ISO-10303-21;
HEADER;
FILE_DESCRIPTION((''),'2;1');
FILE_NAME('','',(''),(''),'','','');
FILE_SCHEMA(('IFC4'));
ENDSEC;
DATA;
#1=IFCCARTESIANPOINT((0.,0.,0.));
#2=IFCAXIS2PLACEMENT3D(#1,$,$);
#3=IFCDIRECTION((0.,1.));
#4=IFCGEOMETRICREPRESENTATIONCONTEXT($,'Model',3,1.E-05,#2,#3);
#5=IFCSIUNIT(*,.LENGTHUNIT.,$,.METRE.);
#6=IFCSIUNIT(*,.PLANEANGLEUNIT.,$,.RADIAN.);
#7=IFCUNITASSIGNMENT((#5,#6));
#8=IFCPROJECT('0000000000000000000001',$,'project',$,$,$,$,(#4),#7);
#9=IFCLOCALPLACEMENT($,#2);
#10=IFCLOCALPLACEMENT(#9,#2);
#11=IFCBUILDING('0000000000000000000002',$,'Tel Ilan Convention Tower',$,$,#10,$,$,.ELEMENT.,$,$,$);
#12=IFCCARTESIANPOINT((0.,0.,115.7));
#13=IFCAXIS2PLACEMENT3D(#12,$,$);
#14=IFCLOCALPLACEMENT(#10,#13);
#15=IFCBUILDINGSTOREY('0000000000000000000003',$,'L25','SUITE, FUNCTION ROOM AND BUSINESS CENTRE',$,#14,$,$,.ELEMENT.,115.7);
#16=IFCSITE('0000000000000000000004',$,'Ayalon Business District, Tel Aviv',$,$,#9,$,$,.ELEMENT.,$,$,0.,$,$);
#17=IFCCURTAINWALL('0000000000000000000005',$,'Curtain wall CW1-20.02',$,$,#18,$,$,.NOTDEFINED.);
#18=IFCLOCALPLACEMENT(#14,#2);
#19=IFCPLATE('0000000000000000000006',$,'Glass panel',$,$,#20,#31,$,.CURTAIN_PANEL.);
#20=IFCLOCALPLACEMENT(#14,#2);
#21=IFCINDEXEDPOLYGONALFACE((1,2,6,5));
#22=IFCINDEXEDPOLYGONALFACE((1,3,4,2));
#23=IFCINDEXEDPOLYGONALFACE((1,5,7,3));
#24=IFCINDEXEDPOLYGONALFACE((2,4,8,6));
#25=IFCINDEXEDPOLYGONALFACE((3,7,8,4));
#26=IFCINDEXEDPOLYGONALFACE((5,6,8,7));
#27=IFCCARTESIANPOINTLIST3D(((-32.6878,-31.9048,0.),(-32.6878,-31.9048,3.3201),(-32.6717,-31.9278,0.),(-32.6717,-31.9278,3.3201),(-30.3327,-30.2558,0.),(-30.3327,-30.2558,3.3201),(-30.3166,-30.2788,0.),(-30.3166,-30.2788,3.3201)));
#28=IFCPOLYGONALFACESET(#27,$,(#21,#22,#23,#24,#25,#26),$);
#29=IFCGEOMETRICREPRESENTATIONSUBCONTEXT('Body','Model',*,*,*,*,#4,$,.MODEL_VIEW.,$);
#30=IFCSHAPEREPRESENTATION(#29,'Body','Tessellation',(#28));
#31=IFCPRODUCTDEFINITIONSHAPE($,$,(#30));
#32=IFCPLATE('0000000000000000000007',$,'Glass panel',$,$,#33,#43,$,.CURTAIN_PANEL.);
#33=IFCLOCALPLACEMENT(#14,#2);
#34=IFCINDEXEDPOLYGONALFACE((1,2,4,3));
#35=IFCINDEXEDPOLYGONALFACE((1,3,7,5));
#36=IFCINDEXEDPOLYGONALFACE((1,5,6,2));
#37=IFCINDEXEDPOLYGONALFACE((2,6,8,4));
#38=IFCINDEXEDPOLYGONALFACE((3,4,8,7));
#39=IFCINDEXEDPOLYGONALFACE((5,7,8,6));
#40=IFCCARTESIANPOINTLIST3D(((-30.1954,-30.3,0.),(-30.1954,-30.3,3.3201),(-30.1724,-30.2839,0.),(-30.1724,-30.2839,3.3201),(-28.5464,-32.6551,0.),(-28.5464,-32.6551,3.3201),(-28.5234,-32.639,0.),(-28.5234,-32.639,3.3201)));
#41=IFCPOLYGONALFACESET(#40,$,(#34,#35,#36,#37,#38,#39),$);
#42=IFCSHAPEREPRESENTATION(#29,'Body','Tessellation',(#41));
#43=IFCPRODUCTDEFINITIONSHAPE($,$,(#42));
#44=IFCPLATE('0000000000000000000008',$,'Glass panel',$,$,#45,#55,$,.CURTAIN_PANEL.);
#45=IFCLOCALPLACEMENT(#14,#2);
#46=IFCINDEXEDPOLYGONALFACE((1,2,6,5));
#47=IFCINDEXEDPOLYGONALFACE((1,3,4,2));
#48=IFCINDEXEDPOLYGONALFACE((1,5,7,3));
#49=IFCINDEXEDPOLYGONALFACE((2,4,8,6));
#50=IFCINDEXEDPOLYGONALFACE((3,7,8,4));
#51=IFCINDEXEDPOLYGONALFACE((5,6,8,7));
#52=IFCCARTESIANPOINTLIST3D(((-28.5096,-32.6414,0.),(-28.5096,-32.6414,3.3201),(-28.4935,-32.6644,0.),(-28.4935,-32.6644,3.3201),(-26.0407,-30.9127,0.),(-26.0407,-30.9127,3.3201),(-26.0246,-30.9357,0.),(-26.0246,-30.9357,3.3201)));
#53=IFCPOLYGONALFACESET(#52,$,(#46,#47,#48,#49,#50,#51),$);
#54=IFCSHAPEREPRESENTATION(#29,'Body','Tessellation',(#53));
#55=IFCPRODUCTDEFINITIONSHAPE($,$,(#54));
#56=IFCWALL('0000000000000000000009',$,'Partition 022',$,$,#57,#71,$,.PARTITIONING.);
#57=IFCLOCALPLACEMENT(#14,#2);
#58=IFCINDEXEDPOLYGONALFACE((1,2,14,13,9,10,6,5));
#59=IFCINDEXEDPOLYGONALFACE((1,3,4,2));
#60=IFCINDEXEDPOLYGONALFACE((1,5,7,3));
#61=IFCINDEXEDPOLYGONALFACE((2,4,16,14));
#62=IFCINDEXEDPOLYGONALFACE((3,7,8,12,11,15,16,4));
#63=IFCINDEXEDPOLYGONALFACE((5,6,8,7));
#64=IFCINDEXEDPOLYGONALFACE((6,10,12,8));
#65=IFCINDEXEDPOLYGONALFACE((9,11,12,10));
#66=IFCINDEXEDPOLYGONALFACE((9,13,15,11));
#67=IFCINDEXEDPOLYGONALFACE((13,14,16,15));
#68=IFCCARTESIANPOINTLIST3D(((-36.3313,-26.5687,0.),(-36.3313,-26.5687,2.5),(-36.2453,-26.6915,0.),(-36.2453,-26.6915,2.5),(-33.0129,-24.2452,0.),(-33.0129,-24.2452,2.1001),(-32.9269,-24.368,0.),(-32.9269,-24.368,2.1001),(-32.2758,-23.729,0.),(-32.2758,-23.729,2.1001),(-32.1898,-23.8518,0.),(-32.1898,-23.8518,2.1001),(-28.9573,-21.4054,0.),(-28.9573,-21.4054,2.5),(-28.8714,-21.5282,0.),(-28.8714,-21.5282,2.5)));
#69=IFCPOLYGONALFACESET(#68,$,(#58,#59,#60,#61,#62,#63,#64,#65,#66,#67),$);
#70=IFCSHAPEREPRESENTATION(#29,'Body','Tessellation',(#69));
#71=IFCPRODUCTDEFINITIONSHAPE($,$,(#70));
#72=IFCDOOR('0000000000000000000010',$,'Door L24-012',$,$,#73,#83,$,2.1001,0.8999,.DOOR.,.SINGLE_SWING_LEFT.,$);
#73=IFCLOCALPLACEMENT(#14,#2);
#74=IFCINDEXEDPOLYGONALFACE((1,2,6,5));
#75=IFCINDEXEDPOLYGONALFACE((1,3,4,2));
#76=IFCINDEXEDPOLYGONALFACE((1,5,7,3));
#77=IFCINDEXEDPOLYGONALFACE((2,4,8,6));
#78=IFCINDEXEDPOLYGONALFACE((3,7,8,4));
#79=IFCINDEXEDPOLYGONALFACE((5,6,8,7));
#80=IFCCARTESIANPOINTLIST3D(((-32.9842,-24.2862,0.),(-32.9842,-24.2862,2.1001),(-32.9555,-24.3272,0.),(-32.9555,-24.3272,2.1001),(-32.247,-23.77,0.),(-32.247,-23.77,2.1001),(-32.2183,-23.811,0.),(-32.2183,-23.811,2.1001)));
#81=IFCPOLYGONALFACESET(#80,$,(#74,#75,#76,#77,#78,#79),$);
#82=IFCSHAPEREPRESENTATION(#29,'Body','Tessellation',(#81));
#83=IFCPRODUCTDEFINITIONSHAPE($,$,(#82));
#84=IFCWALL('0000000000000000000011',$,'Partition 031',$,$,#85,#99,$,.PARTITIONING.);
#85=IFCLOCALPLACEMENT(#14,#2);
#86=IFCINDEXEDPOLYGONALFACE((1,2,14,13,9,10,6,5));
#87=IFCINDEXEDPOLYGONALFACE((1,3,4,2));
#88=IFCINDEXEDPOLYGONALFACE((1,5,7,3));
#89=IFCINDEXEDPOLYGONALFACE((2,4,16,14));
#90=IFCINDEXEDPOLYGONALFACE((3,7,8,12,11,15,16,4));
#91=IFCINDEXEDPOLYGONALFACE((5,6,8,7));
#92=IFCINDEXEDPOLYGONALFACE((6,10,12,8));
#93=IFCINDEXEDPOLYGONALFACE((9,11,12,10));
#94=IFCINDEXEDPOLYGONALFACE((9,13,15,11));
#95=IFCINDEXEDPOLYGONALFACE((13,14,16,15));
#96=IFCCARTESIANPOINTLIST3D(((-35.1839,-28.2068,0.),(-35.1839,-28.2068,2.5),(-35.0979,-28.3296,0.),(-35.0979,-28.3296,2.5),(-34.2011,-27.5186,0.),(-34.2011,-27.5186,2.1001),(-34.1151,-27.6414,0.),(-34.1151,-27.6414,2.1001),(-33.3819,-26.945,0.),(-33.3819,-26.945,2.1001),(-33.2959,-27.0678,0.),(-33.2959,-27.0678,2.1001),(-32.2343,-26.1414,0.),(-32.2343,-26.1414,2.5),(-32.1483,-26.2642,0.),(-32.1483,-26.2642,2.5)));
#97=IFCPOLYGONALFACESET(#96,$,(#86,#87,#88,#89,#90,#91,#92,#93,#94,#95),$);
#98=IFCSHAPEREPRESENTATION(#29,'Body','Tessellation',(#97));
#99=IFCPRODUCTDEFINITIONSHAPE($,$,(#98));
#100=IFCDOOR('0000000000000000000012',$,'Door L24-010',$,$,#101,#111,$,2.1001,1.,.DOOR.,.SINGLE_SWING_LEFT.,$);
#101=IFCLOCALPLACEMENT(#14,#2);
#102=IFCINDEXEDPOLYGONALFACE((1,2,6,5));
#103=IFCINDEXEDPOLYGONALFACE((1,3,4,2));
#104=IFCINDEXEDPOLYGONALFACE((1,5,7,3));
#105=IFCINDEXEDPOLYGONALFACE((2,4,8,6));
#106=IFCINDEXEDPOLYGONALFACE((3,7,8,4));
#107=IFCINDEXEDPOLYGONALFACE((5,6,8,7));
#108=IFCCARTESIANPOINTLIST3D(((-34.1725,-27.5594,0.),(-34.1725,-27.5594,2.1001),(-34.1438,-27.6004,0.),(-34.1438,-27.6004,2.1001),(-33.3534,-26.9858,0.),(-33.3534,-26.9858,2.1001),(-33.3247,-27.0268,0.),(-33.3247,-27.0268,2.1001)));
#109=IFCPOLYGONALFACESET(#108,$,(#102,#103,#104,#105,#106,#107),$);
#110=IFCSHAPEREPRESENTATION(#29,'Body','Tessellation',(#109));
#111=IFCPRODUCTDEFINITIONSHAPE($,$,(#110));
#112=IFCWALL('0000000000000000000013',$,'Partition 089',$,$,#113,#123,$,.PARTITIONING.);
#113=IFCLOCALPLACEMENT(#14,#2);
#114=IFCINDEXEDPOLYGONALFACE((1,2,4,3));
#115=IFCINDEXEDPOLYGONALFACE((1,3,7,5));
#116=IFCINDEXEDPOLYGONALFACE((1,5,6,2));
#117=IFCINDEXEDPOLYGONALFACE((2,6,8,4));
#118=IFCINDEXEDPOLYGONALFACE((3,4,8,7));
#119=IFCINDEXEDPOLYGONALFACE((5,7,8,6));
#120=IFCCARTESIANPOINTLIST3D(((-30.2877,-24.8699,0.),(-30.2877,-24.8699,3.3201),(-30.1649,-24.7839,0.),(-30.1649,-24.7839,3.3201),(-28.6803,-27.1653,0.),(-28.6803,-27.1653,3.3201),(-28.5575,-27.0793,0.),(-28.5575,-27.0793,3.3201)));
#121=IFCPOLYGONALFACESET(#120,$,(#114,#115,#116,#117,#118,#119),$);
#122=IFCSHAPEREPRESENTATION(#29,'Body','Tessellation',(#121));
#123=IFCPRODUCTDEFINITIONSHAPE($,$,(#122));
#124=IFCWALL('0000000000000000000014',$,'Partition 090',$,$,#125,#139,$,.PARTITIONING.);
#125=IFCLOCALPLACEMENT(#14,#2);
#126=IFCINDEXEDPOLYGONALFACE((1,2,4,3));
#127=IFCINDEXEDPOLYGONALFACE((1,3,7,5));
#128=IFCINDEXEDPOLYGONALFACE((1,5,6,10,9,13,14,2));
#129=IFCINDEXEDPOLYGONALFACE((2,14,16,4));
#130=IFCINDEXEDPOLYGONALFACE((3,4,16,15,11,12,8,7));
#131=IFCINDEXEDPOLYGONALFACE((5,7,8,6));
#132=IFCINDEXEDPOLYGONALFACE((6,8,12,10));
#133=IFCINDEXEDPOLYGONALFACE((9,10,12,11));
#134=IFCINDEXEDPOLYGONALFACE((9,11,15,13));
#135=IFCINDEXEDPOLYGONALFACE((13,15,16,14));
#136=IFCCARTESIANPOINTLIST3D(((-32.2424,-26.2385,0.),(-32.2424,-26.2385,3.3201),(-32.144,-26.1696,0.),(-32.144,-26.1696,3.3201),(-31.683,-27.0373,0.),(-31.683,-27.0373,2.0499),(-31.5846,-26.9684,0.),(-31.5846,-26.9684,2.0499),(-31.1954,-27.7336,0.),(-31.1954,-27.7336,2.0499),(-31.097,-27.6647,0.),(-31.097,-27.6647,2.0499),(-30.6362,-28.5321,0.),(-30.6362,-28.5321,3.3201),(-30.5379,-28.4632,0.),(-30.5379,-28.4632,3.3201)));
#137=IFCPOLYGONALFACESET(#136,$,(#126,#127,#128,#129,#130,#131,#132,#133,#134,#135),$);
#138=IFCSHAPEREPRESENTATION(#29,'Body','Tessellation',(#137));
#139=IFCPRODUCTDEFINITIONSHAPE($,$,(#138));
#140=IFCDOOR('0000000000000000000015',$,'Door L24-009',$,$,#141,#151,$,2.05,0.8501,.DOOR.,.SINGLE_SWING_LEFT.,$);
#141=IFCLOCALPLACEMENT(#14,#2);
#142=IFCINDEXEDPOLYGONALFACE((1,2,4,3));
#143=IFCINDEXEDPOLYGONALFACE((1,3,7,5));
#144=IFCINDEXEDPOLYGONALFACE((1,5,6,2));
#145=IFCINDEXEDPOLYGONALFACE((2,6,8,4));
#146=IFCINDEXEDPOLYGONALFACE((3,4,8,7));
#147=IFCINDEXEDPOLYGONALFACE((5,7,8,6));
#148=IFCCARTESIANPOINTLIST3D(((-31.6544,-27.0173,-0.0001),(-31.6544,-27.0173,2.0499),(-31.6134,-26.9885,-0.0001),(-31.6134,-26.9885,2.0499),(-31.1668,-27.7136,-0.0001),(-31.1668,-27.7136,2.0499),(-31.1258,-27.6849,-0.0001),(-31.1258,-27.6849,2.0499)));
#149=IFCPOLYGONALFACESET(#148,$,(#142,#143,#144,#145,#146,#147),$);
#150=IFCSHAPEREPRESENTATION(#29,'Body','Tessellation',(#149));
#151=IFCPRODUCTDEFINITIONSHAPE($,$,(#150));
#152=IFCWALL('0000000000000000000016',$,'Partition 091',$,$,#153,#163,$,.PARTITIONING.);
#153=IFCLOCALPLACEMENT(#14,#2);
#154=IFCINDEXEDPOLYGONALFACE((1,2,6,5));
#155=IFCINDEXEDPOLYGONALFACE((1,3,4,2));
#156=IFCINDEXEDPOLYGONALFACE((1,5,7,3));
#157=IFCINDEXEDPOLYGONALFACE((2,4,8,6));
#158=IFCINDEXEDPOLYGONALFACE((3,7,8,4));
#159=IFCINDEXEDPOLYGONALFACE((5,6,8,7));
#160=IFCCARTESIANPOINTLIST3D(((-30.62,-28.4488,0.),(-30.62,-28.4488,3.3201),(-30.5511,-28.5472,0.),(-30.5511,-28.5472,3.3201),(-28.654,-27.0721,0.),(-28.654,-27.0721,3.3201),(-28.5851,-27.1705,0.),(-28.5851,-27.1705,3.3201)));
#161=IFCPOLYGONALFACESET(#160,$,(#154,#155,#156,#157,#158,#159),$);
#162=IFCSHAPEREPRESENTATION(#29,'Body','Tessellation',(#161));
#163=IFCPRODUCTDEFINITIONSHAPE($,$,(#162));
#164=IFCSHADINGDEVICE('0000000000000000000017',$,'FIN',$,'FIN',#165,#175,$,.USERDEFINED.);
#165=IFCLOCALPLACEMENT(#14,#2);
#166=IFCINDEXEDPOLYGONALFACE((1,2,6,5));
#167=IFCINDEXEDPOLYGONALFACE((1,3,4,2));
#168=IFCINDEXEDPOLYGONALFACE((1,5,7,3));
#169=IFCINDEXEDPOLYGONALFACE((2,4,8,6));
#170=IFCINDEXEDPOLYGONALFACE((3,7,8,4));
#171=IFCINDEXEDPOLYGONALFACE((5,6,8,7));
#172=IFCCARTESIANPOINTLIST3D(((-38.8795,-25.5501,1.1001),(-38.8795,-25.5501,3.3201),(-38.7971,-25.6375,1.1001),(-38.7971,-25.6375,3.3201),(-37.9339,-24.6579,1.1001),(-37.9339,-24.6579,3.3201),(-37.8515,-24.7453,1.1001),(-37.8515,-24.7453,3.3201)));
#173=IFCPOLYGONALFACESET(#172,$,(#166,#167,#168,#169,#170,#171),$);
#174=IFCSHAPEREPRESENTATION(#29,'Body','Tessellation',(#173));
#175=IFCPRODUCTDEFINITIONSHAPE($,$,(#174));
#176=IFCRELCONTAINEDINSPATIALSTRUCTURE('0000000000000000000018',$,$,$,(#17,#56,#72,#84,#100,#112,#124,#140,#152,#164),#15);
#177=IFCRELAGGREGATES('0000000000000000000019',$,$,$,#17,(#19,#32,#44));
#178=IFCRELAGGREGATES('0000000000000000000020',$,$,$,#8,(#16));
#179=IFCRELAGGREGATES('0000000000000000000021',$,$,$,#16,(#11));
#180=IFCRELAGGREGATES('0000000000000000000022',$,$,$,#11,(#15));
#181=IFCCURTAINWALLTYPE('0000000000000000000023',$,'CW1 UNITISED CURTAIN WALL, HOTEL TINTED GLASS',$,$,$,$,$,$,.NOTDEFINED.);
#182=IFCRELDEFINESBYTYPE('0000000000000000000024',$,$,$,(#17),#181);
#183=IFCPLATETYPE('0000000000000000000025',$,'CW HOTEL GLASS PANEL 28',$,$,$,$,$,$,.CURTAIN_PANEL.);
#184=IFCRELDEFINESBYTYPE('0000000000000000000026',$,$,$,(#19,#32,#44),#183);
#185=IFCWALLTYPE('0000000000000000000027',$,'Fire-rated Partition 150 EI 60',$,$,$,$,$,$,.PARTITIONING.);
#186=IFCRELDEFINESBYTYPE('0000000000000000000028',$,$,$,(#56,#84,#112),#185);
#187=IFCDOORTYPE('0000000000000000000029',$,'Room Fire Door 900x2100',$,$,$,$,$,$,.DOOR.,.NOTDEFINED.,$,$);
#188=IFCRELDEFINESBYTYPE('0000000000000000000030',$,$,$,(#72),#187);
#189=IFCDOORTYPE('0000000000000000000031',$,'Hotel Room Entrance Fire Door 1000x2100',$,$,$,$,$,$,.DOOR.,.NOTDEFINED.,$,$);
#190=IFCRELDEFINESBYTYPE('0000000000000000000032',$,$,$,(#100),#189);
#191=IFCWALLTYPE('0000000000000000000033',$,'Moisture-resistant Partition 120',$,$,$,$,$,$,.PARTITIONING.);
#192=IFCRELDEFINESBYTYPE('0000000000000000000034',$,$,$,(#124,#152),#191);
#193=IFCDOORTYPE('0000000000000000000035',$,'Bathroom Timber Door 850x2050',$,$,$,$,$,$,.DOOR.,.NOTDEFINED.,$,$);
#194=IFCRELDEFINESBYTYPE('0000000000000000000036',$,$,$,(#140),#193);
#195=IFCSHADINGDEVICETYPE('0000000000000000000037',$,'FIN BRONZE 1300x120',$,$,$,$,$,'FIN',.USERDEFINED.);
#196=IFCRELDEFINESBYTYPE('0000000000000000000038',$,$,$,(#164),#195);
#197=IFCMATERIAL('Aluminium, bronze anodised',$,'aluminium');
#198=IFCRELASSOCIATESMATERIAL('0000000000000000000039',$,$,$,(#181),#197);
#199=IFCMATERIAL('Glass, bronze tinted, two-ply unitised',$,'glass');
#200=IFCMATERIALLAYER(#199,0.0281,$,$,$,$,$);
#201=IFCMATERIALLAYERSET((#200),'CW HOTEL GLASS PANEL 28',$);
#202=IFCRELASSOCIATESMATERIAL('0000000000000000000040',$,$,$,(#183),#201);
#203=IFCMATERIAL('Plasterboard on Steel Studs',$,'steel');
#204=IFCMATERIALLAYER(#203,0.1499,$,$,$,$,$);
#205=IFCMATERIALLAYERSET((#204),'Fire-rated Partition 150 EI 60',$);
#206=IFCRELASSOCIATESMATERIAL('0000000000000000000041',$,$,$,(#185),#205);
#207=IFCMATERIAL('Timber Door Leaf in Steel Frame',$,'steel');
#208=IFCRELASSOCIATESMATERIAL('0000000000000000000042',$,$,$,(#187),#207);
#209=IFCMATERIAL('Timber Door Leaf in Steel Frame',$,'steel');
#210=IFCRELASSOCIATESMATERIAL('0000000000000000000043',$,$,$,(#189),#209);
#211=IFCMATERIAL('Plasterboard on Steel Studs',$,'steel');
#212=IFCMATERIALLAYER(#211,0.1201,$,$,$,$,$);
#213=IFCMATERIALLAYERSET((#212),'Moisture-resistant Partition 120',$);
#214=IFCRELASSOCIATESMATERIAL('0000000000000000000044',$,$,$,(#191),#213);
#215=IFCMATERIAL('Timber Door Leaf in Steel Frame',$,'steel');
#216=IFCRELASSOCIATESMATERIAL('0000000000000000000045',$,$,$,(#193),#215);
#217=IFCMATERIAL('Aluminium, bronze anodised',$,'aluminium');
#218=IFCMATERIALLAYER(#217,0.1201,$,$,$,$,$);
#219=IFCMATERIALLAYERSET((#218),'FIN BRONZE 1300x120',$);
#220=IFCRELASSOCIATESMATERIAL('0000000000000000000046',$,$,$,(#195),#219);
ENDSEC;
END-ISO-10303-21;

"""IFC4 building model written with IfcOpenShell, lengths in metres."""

from ifc_helpers import new_model, si_unit, direction, frame, frame_2d, origin, origin_2d, place, context, subcontext, project, spatial, rectangle, extrude, material, layer, layer_set, type_object, element, fill, aggregate, save


model = new_model("IFC4")

# Units and contexts
model_context = context("Model", 3, precision=1e-05, world=origin(), true_north=direction((0.0, 1.0)))
body_context = subcontext(model_context, "Body", "Model", "MODEL_VIEW")
ifc_project = project(units=[si_unit("LENGTHUNIT", "METRE"), si_unit("PLANEANGLEUNIT", "RADIAN")], contexts=[model_context])

# Site, building, storey
site_placement = place(None, origin())
site = spatial("IfcSite", under=ifc_project, at=site_placement, Name="Ayalon Business District, Tel Aviv", CompositionType="ELEMENT", RefElevation=0.0)
building_placement = place(site_placement, origin())
building = spatial("IfcBuilding", under=site, at=building_placement, Name="Tel Ilan Convention Tower", CompositionType="ELEMENT")
storey_placement = place(building_placement, frame((0.0, 0.0, 115.7)))
storey = spatial("IfcBuildingStorey", under=building, at=storey_placement, Name="L25", Description="SUITE, FUNCTION ROOM AND BUSINESS CENTRE", CompositionType="ELEMENT", Elevation=115.7)

# Curtain wall, plates
ifc_material_1 = material(Name="Aluminium, bronze anodised", Category="aluminium")
curtain_wall_type = type_object("IfcCurtainWallType", Name="CW1 UNITISED CURTAIN WALL, HOTEL TINTED GLASS", PredefinedType="NOTDEFINED", material=ifc_material_1)
curtain_wall_placement = place(storey_placement, origin())
curtain_wall = element("IfcCurtainWall", 1, at=curtain_wall_placement, inside=storey, type_object=curtain_wall_type, Name="Curtain wall CW1-20.02", PredefinedType="NOTDEFINED")
ifc_material_2 = material(Name="Glass, bronze tinted, two-ply unitised", Category="glass")
ifc_layer_1 = layer(ifc_material_2, 0.0281)
ifc_layer_set_1 = layer_set([ifc_layer_1], Name="CW HOTEL GLASS PANEL 28")
plate_type = type_object("IfcPlateType", Name="CW HOTEL GLASS PANEL 28", PredefinedType="CURTAIN_PANEL", material=ifc_layer_set_1)
plate_1_placement = place(storey_placement, frame((-31.5022, -31.0918, 0.0), z_axis=(0.0, 0.0, 1.0), x_axis=(0.819152, 0.573576, 0.0)))
plate_1 = element("IfcPlate", 2, at=plate_1_placement, type_object=plate_type, Name="Glass panel", PredefinedType="CURTAIN_PANEL", context=body_context, shape_type="SweptSolid", body=[
    extrude(rectangle(XDim=2.875, YDim=0.0281, at=origin_2d()), origin(), (0.0, 0.0, 1.0), 3.3201),
])
plate_2_placement = place(storey_placement, frame((-29.3594, -31.4695, 0.0), z_axis=(0.0, 0.0, 1.0), x_axis=(0.573576, -0.819152, 0.0)))
plate_2 = element("IfcPlate", 3, at=plate_2_placement, type_object=plate_type, Name="Glass panel", PredefinedType="CURTAIN_PANEL", context=body_context, shape_type="SweptSolid", body=[
    extrude(rectangle(XDim=2.875, YDim=0.0281, at=origin_2d()), origin(), (0.0, 0.0, 1.0), 3.3201),
])
plate_3_placement = place(storey_placement, frame((-27.2671, -31.7886, 0.0), z_axis=(0.0, 0.0, 1.0), x_axis=(0.819152, 0.573576, 0.0)))
plate_3 = element("IfcPlate", 4, at=plate_3_placement, type_object=plate_type, Name="Glass panel", PredefinedType="CURTAIN_PANEL", context=body_context, shape_type="SweptSolid", body=[
    extrude(rectangle(XDim=3.0139, YDim=0.0281, at=origin_2d()), origin(), (0.0, 0.0, 1.0), 3.3201),
])
aggregate(curtain_wall, [plate_1, plate_2, plate_3])

# Walls, openings, doors
ifc_material_3 = material(Name="Plasterboard on Steel Studs", Category="steel")
ifc_layer_2 = layer(ifc_material_3, 0.1499)
ifc_layer_set_2 = layer_set([ifc_layer_2], Name="Fire-rated Partition 150 EI 60")
wall_type_1 = type_object("IfcWallType", Name="Fire-rated Partition 150 EI 60", PredefinedType="PARTITIONING", material=ifc_layer_set_2)
wall_1_placement = place(storey_placement, frame((-36.2883, -26.6301, 0.0), z_axis=(0.0, 0.0, 1.0), x_axis=(0.819153, 0.573575, 0.0)))
wall_1 = element("IfcWall", 5, at=wall_1_placement, inside=storey, type_object=wall_type_1, Name="Partition 022", PredefinedType="PARTITIONING", context=body_context, shape_type="SweptSolid", body=[
    extrude(rectangle(XDim=9.002, YDim=0.1499, at=frame_2d((4.501, 0.0))), origin(), (0.0, 0.0, 1.0), 2.5),
])
opening_1_placement = place(wall_1_placement, frame((4.051, 0.0, 0.0)))
opening_1 = element("IfcOpeningElement", 6, at=opening_1_placement, cuts=wall_1, PredefinedType="OPENING", context=body_context, shape_type="SweptSolid", body=[
    extrude(rectangle(XDim=0.8999, YDim=2.1001, at=frame_2d((0.45, 1.05))), frame((0.0, 0.085, 0.0), z_axis=(0.0, -1.0, 0.0), x_axis=(1.0, 0.0, 0.0)), (0.0, 0.0, 1.0), 0.1699),
])
ifc_material_4 = material(Name="Timber Door Leaf in Steel Frame", Category="steel")
door_type_1 = type_object("IfcDoorType", Name="Room Fire Door 900x2100", OperationType="NOTDEFINED", PredefinedType="DOOR", material=ifc_material_4)
door_1_placement = place(opening_1_placement, origin())
door_1 = element("IfcDoor", 7, at=door_1_placement, inside=storey, type_object=door_type_1, Name="Door L24-012", OperationType="SINGLE_SWING_LEFT", OverallHeight=2.1001, OverallWidth=0.8999, PredefinedType="DOOR", context=body_context, shape_type="SweptSolid", body=[
    extrude(rectangle(XDim=0.8999, YDim=2.1001, at=frame_2d((0.45, 1.05))), frame((0.0, 0.0249, 0.0), z_axis=(0.0, -1.0, 0.0), x_axis=(1.0, 0.0, 0.0)), (0.0, 0.0, 1.0), 0.05),
])
fill(opening_1, door_1)
wall_2_placement = place(storey_placement, frame((-32.1914, -26.2029, 0.0), z_axis=(0.0, 0.0, 1.0), x_axis=(-0.819149, -0.573581, 0.0)))
wall_2 = element("IfcWall", 8, at=wall_2_placement, inside=storey, type_object=wall_type_1, Name="Partition 031", PredefinedType="PARTITIONING", context=body_context, shape_type="SweptSolid", body=[
    extrude(rectangle(XDim=3.6008, YDim=0.1499, at=frame_2d((1.8003, 0.0))), origin(), (0.0, 0.0, 1.0), 2.5),
])
opening_2_placement = place(wall_2_placement, frame((1.4009, 0.0, 0.0)))
opening_2 = element("IfcOpeningElement", 9, at=opening_2_placement, cuts=wall_2, PredefinedType="OPENING", context=body_context, shape_type="SweptSolid", body=[
    extrude(rectangle(XDim=1.0, YDim=2.1001, at=frame_2d((0.5, 1.05))), frame((0.0, 0.085, 0.0), z_axis=(0.0, -1.0, 0.0), x_axis=(1.0, 0.0, 0.0)), (0.0, 0.0, 1.0), 0.1699),
])
ifc_material_5 = material(Name="Timber Door Leaf in Steel Frame", Category="steel")
door_type_2 = type_object("IfcDoorType", Name="Hotel Room Entrance Fire Door 1000x2100", OperationType="NOTDEFINED", PredefinedType="DOOR", material=ifc_material_5)
door_2_placement = place(opening_2_placement, origin())
door_2 = element("IfcDoor", 10, at=door_2_placement, inside=storey, type_object=door_type_2, Name="Door L24-010", OperationType="SINGLE_SWING_LEFT", OverallHeight=2.1001, OverallWidth=1.0, PredefinedType="DOOR", context=body_context, shape_type="SweptSolid", body=[
    extrude(rectangle(XDim=1.0, YDim=2.1001, at=frame_2d((0.5, 1.05))), frame((0.0, 0.0249, 0.0), z_axis=(0.0, -1.0, 0.0), x_axis=(1.0, 0.0, 0.0)), (0.0, 0.0, 1.0), 0.05),
])
fill(opening_2, door_2)

# Wall
wall_3_placement = place(storey_placement, frame((-28.6189, -27.1223, 0.0), z_axis=(0.0, 0.0, 1.0), x_axis=(-0.573614, 0.819125, 0.0)))
element("IfcWall", 11, at=wall_3_placement, inside=storey, type_object=wall_type_1, Name="Partition 089", PredefinedType="PARTITIONING", context=body_context, shape_type="SweptSolid", body=[
    extrude(rectangle(XDim=2.8022, YDim=0.1499, at=frame_2d((1.4011, 0.0))), origin(), (0.0, 0.0, 1.0), 3.3201),
])

# Wall, opening, door
ifc_material_6 = material(Name="Plasterboard on Steel Studs", Category="steel")
ifc_layer_3 = layer(ifc_material_6, 0.1201)
ifc_layer_set_3 = layer_set([ifc_layer_3], Name="Moisture-resistant Partition 120")
wall_type_2 = type_object("IfcWallType", Name="Moisture-resistant Partition 120", PredefinedType="PARTITIONING", material=ifc_layer_set_3)
wall_4_placement = place(storey_placement, frame((-32.1931, -26.2041, 0.0), z_axis=(0.0, 0.0, 1.0), x_axis=(0.573609, -0.81913, 0.0)))
wall_4 = element("IfcWall", 12, at=wall_4_placement, inside=storey, type_object=wall_type_2, Name="Partition 090", PredefinedType="PARTITIONING", context=body_context, shape_type="SweptSolid", body=[
    extrude(rectangle(XDim=2.8, YDim=0.1201, at=frame_2d((1.3999, 0.0))), origin(), (0.0, 0.0, 1.0), 3.3201),
])
opening_3_placement = place(wall_4_placement, frame((0.9751, 0.0, 0.0)))
opening_3 = element("IfcOpeningElement", 13, at=opening_3_placement, cuts=wall_4, PredefinedType="OPENING", context=body_context, shape_type="SweptSolid", body=[
    extrude(rectangle(XDim=0.8501, YDim=2.05, at=frame_2d((0.425, 1.0249))), frame((0.0, 0.0701, 0.0), z_axis=(0.0, -1.0, 0.0), x_axis=(1.0, 0.0, 0.0)), (0.0, 0.0, 1.0), 0.1401),
])
ifc_material_7 = material(Name="Timber Door Leaf in Steel Frame", Category="steel")
door_type_3 = type_object("IfcDoorType", Name="Bathroom Timber Door 850x2050", OperationType="NOTDEFINED", PredefinedType="DOOR", material=ifc_material_7)
door_3_placement = place(opening_3_placement, origin())
door_3 = element("IfcDoor", 14, at=door_3_placement, inside=storey, type_object=door_type_3, Name="Door L24-009", OperationType="SINGLE_SWING_LEFT", OverallHeight=2.05, OverallWidth=0.8501, PredefinedType="DOOR", context=body_context, shape_type="SweptSolid", body=[
    extrude(rectangle(XDim=0.8501, YDim=2.05, at=frame_2d((0.425, 1.0249))), frame((0.0, 0.0249, 0.0), z_axis=(0.0, -1.0, 0.0), x_axis=(1.0, 0.0, 0.0)), (0.0, 0.0, 1.0), 0.05),
])
fill(opening_3, door_3)

# Wall
wall_5_placement = place(storey_placement, frame((-30.5857, -28.498, 0.0), z_axis=(0.0, 0.0, 1.0), x_axis=(0.819141, 0.573592, 0.0)))
element("IfcWall", 15, at=wall_5_placement, inside=storey, type_object=wall_type_2, Name="Partition 091", PredefinedType="PARTITIONING", context=body_context, shape_type="SweptSolid", body=[
    extrude(rectangle(XDim=2.4001, YDim=0.1201, at=frame_2d((1.2002, 0.0))), origin(), (0.0, 0.0, 1.0), 3.3201),
])

# Shading device
ifc_material_8 = material(Name="Aluminium, bronze anodised", Category="aluminium")
ifc_layer_4 = layer(ifc_material_8, 0.1201)
ifc_layer_set_4 = layer_set([ifc_layer_4], Name="FIN BRONZE 1300x120")
shading_device_type = type_object("IfcShadingDeviceType", Name="FIN BRONZE 1300x120", ElementType="FIN", PredefinedType="USERDEFINED", material=ifc_layer_set_4)
for number, where, z_axis, x_axis, name in (
    (16, (-38.3655, -25.1477, 1.1001), (0.0, 0.0, 1.0), (-0.727374, -0.686242, 0.0), "FIN"),
):
    element("IfcShadingDevice", number, at=place(storey_placement, frame(where, z_axis=z_axis, x_axis=x_axis)), inside=storey, type_object=shading_device_type, Name=name, ObjectType="FIN", PredefinedType="USERDEFINED", context=body_context, shape_type="SweptSolid", body=[
        extrude(rectangle(XDim=1.3, YDim=0.1201, at=origin_2d()), origin(), (0.0, 0.0, 1.0), 2.22),
    ])

save(model, "model.ifc")
